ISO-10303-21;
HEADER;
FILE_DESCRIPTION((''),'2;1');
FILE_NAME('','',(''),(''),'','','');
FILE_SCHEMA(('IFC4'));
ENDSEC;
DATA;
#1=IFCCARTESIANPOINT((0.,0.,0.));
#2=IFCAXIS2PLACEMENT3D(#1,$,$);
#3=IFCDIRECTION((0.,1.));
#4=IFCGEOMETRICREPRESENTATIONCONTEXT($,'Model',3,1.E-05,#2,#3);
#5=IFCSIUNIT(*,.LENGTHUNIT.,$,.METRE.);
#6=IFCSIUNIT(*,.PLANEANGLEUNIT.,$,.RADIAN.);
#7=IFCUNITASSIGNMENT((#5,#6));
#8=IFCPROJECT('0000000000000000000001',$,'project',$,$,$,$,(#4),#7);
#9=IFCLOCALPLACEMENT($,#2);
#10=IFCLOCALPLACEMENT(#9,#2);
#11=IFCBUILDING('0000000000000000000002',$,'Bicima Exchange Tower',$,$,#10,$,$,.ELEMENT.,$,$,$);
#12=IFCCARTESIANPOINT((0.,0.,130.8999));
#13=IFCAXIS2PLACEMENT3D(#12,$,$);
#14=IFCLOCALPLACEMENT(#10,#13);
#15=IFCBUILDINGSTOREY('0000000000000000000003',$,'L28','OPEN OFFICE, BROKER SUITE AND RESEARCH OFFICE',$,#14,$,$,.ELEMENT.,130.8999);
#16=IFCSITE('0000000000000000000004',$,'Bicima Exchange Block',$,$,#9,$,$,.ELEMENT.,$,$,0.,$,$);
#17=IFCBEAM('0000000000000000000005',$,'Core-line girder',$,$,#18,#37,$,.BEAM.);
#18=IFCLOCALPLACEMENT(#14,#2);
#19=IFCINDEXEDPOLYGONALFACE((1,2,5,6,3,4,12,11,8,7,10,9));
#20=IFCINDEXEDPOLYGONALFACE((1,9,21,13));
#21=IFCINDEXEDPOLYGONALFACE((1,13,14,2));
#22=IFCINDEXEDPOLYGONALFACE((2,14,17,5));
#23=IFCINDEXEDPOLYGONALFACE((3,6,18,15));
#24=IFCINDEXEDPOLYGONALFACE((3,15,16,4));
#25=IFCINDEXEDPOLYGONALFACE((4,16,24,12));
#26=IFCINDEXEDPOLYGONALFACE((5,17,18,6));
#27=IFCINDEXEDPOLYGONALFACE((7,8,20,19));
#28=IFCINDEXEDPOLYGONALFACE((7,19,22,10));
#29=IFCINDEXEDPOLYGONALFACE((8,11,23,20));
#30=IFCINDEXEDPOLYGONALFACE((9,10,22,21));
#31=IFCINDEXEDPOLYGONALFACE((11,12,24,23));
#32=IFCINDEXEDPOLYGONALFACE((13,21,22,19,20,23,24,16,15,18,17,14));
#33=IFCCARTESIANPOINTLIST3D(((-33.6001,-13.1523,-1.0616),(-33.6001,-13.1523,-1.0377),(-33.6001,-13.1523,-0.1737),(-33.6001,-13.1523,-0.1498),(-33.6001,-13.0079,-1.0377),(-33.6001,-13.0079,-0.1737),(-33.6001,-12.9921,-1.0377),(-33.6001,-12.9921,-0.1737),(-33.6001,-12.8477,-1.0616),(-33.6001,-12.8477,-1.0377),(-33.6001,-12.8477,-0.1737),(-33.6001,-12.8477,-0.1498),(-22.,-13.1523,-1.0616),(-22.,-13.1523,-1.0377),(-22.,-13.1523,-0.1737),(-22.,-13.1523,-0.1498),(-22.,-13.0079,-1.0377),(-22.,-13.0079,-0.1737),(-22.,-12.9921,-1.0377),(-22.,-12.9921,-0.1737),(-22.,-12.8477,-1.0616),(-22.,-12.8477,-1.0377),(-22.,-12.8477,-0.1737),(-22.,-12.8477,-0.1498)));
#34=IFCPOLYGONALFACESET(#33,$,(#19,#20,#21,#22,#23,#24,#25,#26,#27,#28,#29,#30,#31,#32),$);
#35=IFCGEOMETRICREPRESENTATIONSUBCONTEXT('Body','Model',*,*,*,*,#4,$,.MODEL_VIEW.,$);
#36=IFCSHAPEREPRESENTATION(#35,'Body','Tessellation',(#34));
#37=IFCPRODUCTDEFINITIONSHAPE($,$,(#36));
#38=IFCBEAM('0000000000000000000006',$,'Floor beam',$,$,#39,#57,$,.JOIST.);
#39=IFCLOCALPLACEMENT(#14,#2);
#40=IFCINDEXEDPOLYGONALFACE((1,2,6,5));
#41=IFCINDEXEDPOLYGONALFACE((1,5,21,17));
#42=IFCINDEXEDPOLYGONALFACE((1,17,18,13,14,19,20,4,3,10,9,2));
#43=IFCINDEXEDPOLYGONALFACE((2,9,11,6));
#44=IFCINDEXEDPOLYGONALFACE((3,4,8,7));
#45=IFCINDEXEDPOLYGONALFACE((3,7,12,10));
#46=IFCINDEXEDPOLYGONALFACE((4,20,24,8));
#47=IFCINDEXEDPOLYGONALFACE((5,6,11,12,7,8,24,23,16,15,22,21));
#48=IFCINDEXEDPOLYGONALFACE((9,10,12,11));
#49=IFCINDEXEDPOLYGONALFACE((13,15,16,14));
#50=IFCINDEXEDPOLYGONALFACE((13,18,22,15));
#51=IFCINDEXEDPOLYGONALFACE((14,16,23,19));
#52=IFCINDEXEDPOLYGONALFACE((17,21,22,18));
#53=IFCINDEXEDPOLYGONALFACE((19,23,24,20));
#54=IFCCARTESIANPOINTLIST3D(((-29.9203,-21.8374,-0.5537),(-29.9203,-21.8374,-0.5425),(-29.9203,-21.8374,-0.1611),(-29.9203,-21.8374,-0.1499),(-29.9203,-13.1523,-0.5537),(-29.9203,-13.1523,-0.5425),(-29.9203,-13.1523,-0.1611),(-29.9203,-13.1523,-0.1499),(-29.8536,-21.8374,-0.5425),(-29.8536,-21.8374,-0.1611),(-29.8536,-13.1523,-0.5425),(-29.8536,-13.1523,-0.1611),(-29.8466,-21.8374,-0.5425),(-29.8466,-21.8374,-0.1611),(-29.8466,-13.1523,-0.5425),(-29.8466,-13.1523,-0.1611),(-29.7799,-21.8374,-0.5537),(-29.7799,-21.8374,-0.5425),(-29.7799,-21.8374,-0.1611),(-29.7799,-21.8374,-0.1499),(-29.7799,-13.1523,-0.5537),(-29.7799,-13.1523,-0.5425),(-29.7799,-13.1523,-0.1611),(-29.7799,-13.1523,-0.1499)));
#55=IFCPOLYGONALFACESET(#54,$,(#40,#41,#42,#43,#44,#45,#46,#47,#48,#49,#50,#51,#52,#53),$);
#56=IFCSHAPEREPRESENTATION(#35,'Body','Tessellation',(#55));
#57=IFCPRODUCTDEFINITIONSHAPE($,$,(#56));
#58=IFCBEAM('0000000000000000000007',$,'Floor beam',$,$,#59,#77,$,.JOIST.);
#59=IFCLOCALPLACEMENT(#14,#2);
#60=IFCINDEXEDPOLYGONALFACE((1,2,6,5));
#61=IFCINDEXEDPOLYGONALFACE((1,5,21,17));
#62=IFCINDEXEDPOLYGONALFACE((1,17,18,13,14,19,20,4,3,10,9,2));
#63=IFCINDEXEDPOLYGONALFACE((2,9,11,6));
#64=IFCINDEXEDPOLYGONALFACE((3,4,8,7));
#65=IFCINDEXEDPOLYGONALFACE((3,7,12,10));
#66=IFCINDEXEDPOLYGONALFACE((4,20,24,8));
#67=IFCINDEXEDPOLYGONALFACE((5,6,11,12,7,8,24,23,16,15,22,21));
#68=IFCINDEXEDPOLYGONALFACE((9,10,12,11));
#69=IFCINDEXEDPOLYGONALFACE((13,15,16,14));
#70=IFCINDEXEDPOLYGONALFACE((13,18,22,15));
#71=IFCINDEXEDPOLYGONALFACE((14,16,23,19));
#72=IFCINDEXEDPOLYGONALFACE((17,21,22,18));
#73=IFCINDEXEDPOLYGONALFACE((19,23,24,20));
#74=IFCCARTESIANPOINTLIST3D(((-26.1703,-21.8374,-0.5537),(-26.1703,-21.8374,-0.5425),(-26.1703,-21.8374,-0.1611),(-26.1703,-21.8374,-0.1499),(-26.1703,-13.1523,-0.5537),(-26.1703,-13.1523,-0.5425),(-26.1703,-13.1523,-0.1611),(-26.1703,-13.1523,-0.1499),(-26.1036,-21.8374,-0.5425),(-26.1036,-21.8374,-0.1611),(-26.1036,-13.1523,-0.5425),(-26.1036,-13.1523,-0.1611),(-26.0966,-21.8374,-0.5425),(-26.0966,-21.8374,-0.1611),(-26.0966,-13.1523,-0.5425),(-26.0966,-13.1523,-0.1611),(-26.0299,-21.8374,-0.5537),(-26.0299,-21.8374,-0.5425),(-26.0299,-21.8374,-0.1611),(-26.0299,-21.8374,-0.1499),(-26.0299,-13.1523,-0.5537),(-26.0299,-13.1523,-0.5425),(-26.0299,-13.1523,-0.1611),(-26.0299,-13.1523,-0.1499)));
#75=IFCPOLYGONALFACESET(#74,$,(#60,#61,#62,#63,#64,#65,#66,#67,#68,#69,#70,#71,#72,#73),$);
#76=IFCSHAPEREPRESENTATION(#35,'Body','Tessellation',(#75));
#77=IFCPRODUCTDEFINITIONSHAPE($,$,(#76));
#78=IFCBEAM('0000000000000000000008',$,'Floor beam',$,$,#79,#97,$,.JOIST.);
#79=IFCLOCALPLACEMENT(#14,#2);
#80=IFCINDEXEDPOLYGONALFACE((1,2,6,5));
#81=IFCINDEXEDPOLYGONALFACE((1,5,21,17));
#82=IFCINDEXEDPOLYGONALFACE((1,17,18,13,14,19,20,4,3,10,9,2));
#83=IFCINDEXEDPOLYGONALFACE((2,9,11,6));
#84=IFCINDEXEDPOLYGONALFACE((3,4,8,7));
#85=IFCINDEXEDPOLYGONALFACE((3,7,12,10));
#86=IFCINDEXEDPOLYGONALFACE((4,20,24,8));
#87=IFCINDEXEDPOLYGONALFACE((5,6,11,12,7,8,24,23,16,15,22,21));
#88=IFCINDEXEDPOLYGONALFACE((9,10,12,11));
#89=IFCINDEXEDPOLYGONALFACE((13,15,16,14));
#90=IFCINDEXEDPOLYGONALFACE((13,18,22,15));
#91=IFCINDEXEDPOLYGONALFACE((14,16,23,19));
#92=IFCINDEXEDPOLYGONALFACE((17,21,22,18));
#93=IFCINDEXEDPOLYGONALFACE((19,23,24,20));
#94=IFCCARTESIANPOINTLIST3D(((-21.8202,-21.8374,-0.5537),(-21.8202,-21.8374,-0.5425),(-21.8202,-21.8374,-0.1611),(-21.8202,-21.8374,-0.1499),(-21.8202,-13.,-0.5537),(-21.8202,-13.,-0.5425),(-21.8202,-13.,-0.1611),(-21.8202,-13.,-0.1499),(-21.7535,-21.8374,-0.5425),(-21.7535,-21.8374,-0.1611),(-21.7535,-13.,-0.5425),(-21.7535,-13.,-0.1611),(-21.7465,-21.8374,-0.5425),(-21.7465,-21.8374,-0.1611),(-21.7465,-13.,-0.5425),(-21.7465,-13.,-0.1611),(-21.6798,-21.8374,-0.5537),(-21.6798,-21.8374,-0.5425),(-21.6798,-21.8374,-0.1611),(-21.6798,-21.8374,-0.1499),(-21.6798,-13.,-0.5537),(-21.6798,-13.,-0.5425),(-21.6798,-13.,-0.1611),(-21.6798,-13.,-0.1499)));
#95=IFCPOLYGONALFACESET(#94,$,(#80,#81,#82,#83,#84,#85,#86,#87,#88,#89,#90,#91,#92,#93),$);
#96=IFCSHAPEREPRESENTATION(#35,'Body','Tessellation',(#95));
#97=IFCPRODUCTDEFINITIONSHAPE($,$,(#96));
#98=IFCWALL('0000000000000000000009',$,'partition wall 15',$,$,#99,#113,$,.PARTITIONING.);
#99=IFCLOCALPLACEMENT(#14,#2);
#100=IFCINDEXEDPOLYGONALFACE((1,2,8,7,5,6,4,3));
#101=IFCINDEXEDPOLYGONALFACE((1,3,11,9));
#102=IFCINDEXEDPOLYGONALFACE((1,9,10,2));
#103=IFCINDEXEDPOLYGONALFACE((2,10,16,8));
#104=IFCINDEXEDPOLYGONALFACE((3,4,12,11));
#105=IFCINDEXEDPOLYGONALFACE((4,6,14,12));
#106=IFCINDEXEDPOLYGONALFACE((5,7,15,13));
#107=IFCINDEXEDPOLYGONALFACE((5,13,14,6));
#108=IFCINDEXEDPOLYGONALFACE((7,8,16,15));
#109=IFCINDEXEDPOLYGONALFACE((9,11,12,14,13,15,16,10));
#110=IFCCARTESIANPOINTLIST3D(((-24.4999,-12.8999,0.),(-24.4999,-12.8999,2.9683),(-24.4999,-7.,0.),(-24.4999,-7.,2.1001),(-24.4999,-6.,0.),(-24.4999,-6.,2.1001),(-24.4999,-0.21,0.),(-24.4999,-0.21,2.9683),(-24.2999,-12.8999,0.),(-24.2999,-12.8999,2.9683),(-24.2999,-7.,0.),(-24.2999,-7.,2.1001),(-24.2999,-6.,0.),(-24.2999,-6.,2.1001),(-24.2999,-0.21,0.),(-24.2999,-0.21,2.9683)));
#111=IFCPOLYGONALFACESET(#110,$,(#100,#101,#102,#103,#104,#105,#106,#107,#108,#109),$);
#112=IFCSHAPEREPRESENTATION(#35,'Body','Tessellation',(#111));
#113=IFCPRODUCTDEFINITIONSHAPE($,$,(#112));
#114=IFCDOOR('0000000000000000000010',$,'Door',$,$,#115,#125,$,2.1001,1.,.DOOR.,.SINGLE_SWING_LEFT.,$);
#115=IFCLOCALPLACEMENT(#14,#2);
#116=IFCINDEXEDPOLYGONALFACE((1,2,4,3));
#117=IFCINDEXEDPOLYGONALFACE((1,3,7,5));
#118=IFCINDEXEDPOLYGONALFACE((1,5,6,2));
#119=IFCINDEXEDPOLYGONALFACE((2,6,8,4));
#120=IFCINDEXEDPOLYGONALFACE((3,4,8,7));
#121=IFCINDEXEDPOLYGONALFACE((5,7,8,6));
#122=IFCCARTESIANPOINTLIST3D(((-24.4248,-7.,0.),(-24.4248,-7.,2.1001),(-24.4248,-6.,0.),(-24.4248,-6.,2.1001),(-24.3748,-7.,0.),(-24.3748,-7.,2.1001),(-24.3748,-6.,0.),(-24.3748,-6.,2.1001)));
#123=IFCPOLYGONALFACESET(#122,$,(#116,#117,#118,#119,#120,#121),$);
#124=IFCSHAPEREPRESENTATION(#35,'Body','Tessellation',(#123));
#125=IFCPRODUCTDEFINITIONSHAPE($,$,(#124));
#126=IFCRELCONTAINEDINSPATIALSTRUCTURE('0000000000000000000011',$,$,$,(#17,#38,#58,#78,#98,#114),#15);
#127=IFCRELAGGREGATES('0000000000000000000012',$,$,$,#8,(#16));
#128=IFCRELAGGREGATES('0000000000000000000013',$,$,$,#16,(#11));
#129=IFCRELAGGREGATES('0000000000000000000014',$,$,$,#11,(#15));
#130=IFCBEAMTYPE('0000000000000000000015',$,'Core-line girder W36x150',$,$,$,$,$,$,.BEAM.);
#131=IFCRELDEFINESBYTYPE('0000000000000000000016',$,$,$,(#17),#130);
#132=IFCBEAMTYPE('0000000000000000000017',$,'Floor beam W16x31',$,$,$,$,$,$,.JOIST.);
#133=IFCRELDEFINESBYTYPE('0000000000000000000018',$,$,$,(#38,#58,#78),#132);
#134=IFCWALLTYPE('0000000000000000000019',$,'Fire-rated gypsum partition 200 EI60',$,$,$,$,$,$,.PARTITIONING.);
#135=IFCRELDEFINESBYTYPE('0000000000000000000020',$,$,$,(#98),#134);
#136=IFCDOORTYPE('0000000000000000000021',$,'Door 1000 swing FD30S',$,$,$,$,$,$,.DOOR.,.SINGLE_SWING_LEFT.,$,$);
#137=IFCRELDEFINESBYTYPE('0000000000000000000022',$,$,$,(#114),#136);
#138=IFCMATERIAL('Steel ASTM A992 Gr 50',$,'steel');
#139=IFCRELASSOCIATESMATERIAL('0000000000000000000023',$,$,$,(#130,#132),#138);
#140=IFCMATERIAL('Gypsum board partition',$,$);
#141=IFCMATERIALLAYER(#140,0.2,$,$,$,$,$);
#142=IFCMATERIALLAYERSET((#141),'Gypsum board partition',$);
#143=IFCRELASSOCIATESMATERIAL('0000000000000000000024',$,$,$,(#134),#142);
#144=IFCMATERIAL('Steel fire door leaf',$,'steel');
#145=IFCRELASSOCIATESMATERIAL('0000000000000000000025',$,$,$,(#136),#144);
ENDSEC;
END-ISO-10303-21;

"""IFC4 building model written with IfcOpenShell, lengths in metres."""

from ifc_helpers import new_model, si_unit, direction, frame, frame_2d, origin, origin_2d, place, context, subcontext, project, spatial, rectangle, i_section, extrude, material, layer, layer_set, material_profile, profile_set, type_object, element, fill, save


model = new_model("IFC4")

# Units and contexts
model_context = context("Model", 3, precision=1e-05, world=origin(), true_north=direction((0.0, 1.0)))
body_context = subcontext(model_context, "Body", "Model", "MODEL_VIEW")
ifc_project = project(units=[si_unit("LENGTHUNIT", "METRE"), si_unit("PLANEANGLEUNIT", "RADIAN")], contexts=[model_context])

# Site, building, storey
site_placement = place(None, origin())
site = spatial("IfcSite", under=ifc_project, at=site_placement, Name="Bicima Exchange Block", CompositionType="ELEMENT", RefElevation=0.0)
building_placement = place(site_placement, origin())
building = spatial("IfcBuilding", under=site, at=building_placement, Name="Bicima Exchange Tower", CompositionType="ELEMENT")
storey_placement = place(building_placement, frame((0.0, 0.0, 130.8999)))
storey = spatial("IfcBuildingStorey", under=building, at=storey_placement, Name="L28", Description="OPEN OFFICE, BROKER SUITE AND RESEARCH OFFICE", CompositionType="ELEMENT", Elevation=130.8999)

# Beams
ifc_material_1 = material(Name="Steel ASTM A992 Gr 50", Category="steel")
ifc_material_profile_1 = material_profile(ifc_material_1, i_section(OverallWidth=0.3047, OverallDepth=0.9119, WebThickness=0.0159, FlangeThickness=0.0239, at=origin_2d()))
ifc_profile_set_1 = profile_set([ifc_material_profile_1], Name="Steel ASTM A992 Gr 50")
beam_type_1 = type_object("IfcBeamType", Name="Core-line girder W36x150", PredefinedType="BEAM", material=ifc_profile_set_1)
beam_1_placement = place(storey_placement, frame((-22.0, -13.0, -0.6057), z_axis=(-1.0, 0.0, 0.0), x_axis=(0.0, -1.0, 0.0)))
element("IfcBeam", 1, at=beam_1_placement, inside=storey, type_object=beam_type_1, Name="Core-line girder", PredefinedType="BEAM", context=body_context, shape_type="SweptSolid", body=[
    extrude(i_section(OverallWidth=0.3047, OverallDepth=0.9119, WebThickness=0.0159, FlangeThickness=0.0239, at=origin_2d()), origin(), (0.0, 0.0, 1.0), 11.6001),
])
ifc_material_profile_2 = material_profile(ifc_material_1, i_section(OverallWidth=0.1404, OverallDepth=0.4038, WebThickness=0.0071, FlangeThickness=0.0112, at=origin_2d()))
ifc_profile_set_2 = profile_set([ifc_material_profile_2], Name="Steel ASTM A992 Gr 50")
beam_type_2 = type_object("IfcBeamType", Name="Floor beam W16x31", PredefinedType="JOIST", material=ifc_profile_set_2)
for number, where, z_axis, x_axis, name in (
    (2, (-29.8501, -13.1523, -0.3518), (0.0, -1.0, 0.0), (1.0, 0.0, 0.0), "Floor beam"),
    (3, (-26.1001, -13.1523, -0.3518), (0.0, -1.0, 0.0), (1.0, 0.0, 0.0), "Floor beam"),
):
    element("IfcBeam", number, at=place(storey_placement, frame(where, z_axis=z_axis, x_axis=x_axis)), inside=storey, type_object=beam_type_2, Name=name, PredefinedType="JOIST", context=body_context, shape_type="SweptSolid", body=[
        extrude(i_section(OverallWidth=0.1404, OverallDepth=0.4038, WebThickness=0.0071, FlangeThickness=0.0112, at=origin_2d()), origin(), (0.0, 0.0, 1.0), 8.6851),
    ])
beam_2_placement = place(storey_placement, frame((-21.75, -13.0, -0.3518), z_axis=(0.0, -1.0, 0.0), x_axis=(1.0, 0.0, 0.0)))
element("IfcBeam", 4, at=beam_2_placement, inside=storey, type_object=beam_type_2, Name="Floor beam", PredefinedType="JOIST", context=body_context, shape_type="SweptSolid", body=[
    extrude(i_section(OverallWidth=0.1404, OverallDepth=0.4038, WebThickness=0.0071, FlangeThickness=0.0112, at=origin_2d()), origin(), (0.0, 0.0, 1.0), 8.8374),
])

# Wall, opening, door
ifc_material_2 = material(Name="Gypsum board partition")
ifc_layer_1 = layer(ifc_material_2, 0.2)
ifc_layer_set_1 = layer_set([ifc_layer_1], Name="Gypsum board partition")
wall_type_1 = type_object("IfcWallType", Name="Fire-rated gypsum partition 200 EI60", PredefinedType="PARTITIONING", material=ifc_layer_set_1)
wall_1_placement = place(storey_placement, frame((-24.3999, -12.8999, 0.0), z_axis=(0.0, 0.0, 1.0), x_axis=(0.0, 1.0, 0.0)))
wall_1 = element("IfcWall", 5, at=wall_1_placement, inside=storey, type_object=wall_type_1, Name="partition wall 15", PredefinedType="PARTITIONING", context=body_context, shape_type="SweptSolid", body=[
    extrude(rectangle(XDim=12.6899, YDim=0.2, at=frame_2d((6.345, 0.0))), origin(), (0.0, 0.0, 1.0), 2.9683),
])
opening_1_placement = place(wall_1_placement, frame((5.8999, 0.0, 0.0)))
opening_1 = element("IfcOpeningElement", 6, at=opening_1_placement, cuts=wall_1, PredefinedType="OPENING", context=body_context, shape_type="SweptSolid", body=[
    extrude(rectangle(XDim=1.0, YDim=2.1001, at=frame_2d((0.5, 1.05))), frame((0.0, 0.1118, 0.0), z_axis=(0.0, -1.0, 0.0), x_axis=(1.0, 0.0, 0.0)), (0.0, 0.0, 1.0), 0.2239),
])
ifc_material_3 = material(Name="Steel fire door leaf", Category="steel")
door_type_1 = type_object("IfcDoorType", Name="Door 1000 swing FD30S", OperationType="SINGLE_SWING_LEFT", PredefinedType="DOOR", material=ifc_material_3)
door_1_placement = place(opening_1_placement, origin())
door_1 = element("IfcDoor", 7, at=door_1_placement, inside=storey, type_object=door_type_1, Name="Door", OperationType="SINGLE_SWING_LEFT", OverallHeight=2.1001, OverallWidth=1.0, PredefinedType="DOOR", context=body_context, shape_type="SweptSolid", body=[
    extrude(rectangle(XDim=1.0, YDim=2.1001, at=frame_2d((0.5, 1.05))), frame((0.0, 0.0249, 0.0), z_axis=(0.0, -1.0, 0.0), x_axis=(1.0, 0.0, 0.0)), (0.0, 0.0, 1.0), 0.05),
])
fill(opening_1, door_1)

save(model, "model.ifc")
